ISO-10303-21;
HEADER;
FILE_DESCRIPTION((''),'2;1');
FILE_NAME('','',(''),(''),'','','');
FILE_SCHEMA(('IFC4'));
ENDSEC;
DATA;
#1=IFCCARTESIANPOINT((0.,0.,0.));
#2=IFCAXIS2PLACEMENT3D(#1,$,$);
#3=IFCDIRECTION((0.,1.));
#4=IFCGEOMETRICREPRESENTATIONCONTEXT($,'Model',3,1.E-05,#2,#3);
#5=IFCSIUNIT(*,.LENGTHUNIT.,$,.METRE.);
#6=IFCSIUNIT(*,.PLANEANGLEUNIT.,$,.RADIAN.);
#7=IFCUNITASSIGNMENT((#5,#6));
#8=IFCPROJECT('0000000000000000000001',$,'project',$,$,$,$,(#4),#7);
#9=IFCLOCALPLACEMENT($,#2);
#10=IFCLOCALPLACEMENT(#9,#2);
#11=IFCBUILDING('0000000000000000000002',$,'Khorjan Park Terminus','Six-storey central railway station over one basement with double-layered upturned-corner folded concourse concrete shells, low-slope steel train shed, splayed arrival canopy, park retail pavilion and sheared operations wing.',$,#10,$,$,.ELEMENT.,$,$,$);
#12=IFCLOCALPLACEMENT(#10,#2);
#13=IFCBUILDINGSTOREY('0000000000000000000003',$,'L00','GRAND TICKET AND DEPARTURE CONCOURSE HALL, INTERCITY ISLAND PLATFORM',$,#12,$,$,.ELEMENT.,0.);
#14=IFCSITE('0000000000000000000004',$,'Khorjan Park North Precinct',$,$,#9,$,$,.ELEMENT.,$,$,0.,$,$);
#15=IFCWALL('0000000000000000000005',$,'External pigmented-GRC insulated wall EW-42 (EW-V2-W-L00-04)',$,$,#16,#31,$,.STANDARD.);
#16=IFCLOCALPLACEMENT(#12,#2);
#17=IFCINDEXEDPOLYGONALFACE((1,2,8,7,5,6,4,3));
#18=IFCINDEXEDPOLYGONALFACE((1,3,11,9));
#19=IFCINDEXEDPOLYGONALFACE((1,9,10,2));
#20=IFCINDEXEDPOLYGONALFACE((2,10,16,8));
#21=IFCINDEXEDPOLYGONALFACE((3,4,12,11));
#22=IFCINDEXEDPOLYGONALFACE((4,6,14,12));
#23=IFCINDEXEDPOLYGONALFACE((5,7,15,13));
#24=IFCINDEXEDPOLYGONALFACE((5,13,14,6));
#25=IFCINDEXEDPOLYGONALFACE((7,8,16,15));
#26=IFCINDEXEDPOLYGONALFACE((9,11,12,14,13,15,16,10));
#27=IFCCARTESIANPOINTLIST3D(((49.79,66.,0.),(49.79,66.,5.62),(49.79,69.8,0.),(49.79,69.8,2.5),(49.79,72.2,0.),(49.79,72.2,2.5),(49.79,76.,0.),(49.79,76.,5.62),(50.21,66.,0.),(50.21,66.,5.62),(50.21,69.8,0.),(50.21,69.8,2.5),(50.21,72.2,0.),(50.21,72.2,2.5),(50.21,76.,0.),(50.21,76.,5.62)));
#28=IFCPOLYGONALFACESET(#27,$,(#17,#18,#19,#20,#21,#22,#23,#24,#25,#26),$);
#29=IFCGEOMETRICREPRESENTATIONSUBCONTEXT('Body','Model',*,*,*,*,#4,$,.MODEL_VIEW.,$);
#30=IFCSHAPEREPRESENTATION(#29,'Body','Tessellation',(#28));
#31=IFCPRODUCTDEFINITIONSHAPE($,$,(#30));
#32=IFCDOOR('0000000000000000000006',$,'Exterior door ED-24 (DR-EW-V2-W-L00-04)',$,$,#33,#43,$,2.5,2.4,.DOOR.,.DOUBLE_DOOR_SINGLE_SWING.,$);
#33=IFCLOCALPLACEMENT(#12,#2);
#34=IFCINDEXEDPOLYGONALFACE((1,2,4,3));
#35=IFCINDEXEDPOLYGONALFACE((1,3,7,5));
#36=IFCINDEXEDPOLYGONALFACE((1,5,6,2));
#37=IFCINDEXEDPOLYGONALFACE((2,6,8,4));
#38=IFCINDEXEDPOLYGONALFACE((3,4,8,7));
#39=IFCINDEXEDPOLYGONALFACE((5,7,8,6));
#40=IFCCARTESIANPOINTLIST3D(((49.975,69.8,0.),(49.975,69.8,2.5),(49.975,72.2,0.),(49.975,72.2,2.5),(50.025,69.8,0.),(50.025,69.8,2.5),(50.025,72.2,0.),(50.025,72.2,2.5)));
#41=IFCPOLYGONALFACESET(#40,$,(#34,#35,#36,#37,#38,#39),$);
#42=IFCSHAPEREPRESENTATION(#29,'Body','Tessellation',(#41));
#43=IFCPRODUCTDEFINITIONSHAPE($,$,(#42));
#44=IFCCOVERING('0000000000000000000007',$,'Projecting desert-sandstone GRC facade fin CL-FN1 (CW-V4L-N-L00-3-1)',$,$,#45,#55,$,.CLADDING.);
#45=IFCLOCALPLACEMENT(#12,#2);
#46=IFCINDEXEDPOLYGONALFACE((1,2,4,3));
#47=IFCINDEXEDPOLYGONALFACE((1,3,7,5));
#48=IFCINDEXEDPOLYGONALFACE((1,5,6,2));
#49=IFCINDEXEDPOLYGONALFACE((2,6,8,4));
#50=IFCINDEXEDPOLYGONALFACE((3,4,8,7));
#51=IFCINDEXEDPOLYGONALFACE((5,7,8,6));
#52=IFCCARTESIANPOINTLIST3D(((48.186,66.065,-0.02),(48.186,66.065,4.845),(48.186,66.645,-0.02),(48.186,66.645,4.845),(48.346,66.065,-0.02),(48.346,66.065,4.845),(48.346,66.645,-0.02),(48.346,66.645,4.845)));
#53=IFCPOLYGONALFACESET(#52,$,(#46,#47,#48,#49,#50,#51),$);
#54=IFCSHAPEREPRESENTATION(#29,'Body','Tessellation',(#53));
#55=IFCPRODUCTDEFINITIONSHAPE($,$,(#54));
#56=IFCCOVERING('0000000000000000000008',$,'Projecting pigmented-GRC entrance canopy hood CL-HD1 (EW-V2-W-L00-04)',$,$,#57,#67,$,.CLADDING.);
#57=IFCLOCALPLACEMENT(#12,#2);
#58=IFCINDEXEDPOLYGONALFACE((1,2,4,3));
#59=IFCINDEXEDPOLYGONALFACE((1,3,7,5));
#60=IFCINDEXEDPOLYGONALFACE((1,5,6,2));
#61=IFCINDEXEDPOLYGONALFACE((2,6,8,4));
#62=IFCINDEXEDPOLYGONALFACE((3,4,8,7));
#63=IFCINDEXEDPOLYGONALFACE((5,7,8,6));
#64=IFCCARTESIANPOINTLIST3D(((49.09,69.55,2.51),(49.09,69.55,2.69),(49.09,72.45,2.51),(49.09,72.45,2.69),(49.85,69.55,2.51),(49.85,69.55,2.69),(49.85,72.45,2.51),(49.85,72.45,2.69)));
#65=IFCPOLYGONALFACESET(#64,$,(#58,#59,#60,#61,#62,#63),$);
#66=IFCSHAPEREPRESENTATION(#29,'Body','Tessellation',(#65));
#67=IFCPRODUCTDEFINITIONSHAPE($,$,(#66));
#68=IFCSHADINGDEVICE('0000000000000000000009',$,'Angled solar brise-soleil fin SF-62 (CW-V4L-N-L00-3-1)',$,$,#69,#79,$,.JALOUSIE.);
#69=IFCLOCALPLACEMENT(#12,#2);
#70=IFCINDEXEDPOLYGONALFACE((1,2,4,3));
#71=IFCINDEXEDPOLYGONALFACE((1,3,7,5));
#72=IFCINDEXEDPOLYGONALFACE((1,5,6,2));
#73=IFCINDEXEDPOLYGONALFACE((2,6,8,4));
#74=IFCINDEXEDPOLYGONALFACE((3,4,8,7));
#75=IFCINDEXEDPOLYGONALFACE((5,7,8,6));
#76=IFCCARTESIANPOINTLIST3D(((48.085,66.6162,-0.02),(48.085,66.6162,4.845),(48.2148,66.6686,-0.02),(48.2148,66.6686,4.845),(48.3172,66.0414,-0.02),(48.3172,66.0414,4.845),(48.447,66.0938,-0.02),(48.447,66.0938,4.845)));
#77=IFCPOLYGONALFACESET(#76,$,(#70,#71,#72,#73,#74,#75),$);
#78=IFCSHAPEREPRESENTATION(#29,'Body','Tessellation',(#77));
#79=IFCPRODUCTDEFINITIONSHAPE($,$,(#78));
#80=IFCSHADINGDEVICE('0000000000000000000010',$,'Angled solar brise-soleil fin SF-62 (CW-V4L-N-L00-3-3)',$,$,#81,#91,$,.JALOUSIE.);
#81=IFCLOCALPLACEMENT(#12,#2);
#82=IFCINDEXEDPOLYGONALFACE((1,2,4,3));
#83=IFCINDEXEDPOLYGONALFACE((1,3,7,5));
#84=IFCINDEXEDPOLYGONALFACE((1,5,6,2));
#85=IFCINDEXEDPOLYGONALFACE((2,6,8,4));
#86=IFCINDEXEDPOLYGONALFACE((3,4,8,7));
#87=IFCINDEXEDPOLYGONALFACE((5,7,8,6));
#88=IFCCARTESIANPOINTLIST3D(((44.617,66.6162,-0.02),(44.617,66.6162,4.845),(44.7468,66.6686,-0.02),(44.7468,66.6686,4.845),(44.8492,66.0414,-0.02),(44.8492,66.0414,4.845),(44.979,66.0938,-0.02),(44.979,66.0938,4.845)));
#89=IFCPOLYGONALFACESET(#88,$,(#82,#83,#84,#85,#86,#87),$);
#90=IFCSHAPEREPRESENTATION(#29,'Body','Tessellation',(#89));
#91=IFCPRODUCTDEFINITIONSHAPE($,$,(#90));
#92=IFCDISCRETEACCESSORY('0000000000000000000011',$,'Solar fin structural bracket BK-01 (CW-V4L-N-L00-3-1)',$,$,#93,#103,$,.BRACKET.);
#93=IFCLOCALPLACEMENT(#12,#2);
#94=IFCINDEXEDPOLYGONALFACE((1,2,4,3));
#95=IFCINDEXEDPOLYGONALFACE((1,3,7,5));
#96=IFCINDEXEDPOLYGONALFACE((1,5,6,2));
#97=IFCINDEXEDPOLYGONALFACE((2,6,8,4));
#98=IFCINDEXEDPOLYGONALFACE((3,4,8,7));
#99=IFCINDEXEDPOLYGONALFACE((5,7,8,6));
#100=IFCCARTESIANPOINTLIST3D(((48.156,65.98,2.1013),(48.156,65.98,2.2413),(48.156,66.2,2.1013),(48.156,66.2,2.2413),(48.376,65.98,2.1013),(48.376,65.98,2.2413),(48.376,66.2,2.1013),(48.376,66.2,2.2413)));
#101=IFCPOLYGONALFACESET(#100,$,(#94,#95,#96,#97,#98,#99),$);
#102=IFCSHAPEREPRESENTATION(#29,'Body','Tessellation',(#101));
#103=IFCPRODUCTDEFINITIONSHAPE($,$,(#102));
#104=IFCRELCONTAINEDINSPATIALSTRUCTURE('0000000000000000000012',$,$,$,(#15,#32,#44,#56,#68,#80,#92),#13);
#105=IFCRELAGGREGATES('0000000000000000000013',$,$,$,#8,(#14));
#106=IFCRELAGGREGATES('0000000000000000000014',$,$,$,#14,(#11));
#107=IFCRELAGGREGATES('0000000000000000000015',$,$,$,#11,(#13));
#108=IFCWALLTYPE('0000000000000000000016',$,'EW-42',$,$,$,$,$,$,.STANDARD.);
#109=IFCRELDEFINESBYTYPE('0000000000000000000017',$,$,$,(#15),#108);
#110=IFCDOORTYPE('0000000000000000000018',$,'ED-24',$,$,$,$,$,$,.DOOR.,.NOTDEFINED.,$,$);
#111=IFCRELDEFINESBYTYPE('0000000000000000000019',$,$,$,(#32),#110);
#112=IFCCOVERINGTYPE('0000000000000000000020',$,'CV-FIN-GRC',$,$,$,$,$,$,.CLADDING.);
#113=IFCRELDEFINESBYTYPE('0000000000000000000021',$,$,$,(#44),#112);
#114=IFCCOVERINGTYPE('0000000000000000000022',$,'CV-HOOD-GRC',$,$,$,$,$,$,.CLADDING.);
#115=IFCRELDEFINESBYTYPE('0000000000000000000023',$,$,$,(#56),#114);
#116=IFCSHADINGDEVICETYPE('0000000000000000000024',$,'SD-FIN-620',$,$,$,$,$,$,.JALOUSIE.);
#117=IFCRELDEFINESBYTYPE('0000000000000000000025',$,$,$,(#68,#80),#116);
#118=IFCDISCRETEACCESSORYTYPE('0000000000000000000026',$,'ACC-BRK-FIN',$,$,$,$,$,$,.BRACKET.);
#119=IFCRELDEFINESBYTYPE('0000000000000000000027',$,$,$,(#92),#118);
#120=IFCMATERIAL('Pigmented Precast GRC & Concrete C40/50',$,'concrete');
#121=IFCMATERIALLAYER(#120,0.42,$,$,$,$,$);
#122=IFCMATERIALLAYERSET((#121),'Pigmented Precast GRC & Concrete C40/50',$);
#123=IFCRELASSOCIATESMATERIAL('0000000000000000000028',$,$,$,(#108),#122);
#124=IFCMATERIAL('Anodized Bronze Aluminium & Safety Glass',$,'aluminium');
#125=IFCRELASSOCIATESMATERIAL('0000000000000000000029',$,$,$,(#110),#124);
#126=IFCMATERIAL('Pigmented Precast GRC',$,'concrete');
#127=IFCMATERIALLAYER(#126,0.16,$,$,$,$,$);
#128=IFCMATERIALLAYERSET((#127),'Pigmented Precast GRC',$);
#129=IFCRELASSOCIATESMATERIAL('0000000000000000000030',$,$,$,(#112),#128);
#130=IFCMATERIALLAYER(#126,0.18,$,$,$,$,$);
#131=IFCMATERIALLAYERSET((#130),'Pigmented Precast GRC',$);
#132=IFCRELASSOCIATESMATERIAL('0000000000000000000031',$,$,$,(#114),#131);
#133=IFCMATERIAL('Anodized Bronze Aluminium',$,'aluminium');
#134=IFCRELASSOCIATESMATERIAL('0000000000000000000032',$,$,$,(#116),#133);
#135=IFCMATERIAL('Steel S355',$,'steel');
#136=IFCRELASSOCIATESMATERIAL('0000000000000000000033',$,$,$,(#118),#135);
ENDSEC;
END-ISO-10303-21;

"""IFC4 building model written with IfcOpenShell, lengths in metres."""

from ifc_helpers import new_model, si_unit, direction, frame, frame_2d, origin, origin_2d, place, context, subcontext, project, spatial, rectangle, extrude, material, layer, layer_set, type_object, element, fill, save


model = new_model("IFC4")

# Units and contexts
model_context = context("Model", 3, precision=1e-05, world=origin(), true_north=direction((0.0, 1.0)))
body_context = subcontext(model_context, "Body", "Model", "MODEL_VIEW")
ifc_project = project(units=[si_unit("LENGTHUNIT", "METRE"), si_unit("PLANEANGLEUNIT", "RADIAN")], contexts=[model_context])

# Site, building, storey
site_placement = place(None, origin())
site = spatial("IfcSite", under=ifc_project, at=site_placement, Name="Khorjan Park North Precinct", CompositionType="ELEMENT", RefElevation=0.0)
building_placement = place(site_placement, origin())
building = spatial("IfcBuilding", under=site, at=building_placement, Name="Khorjan Park Terminus", Description="Six-storey central railway station over one basement with double-layered upturned-corner folded concourse concrete shells, low-slope steel train shed, splayed arrival canopy, park retail pavilion and sheared operations wing.", CompositionType="ELEMENT")
storey_placement = place(building_placement, origin())
storey = spatial("IfcBuildingStorey", under=building, at=storey_placement, Name="L00", Description="GRAND TICKET AND DEPARTURE CONCOURSE HALL, INTERCITY ISLAND PLATFORM", CompositionType="ELEMENT", Elevation=0.0)

# Shared definitions
ifc_material_1 = material(Name="Steel S355", Category="steel")

# Shared definitions
ifc_material_2 = material(Name="Anodized Bronze Aluminium", Category="aluminium")

# Wall, opening, door
ifc_material_3 = material(Name="Pigmented Precast GRC & Concrete C40/50", Category="concrete")
ifc_layer_1 = layer(ifc_material_3, 0.42)
ifc_layer_set_1 = layer_set([ifc_layer_1], Name="Pigmented Precast GRC & Concrete C40/50")
wall_type = type_object("IfcWallType", Name="EW-42", PredefinedType="STANDARD", material=ifc_layer_set_1)
wall_placement = place(storey_placement, frame((50.0, 76.0, 0.0), z_axis=(0.0, 0.0, 1.0), x_axis=(0.0, -1.0, 0.0)))
wall = element("IfcWall", 1, at=wall_placement, inside=storey, type_object=wall_type, Name="External pigmented-GRC insulated wall EW-42 (EW-V2-W-L00-04)", PredefinedType="STANDARD", context=body_context, shape_type="SweptSolid", body=[
    extrude(rectangle(XDim=10.0, YDim=0.42, at=frame_2d((5.0, 0.0))), origin(), (0.0, 0.0, 1.0), 5.62),
])
opening_placement = place(wall_placement, frame((3.8, 0.0, 0.0)))
opening = element("IfcOpeningElement", 2, at=opening_placement, cuts=wall, PredefinedType="OPENING", context=body_context, shape_type="SweptSolid", body=[
    extrude(rectangle(XDim=2.4, YDim=2.5, at=frame_2d((1.2, 1.25))), frame((0.0, 0.22, 0.0), z_axis=(0.0, -1.0, 0.0), x_axis=(1.0, 0.0, 0.0)), (0.0, 0.0, 1.0), 0.44),
])
ifc_material_4 = material(Name="Anodized Bronze Aluminium & Safety Glass", Category="aluminium")
door_type = type_object("IfcDoorType", Name="ED-24", OperationType="NOTDEFINED", PredefinedType="DOOR", material=ifc_material_4)
door_placement = place(opening_placement, origin())
door = element("IfcDoor", 3, at=door_placement, inside=storey, type_object=door_type, Name="Exterior door ED-24 (DR-EW-V2-W-L00-04)", OperationType="DOUBLE_DOOR_SINGLE_SWING", OverallHeight=2.5, OverallWidth=2.4, PredefinedType="DOOR", context=body_context, shape_type="SweptSolid", body=[
    extrude(rectangle(XDim=2.4, YDim=2.5, at=frame_2d((1.2, 1.25))), frame((0.0, 0.025, 0.0), z_axis=(0.0, -1.0, 0.0), x_axis=(1.0, 0.0, 0.0)), (0.0, 0.0, 1.0), 0.05),
])
fill(opening, door)

# Coverings
ifc_material_5 = material(Name="Pigmented Precast GRC", Category="concrete")
ifc_layer_2 = layer(ifc_material_5, 0.16)
ifc_layer_set_2 = layer_set([ifc_layer_2], Name="Pigmented Precast GRC")
covering_type_1 = type_object("IfcCoveringType", Name="CV-FIN-GRC", PredefinedType="CLADDING", material=ifc_layer_set_2)
covering_1_placement = place(storey_placement, frame((48.266, 66.355, -0.02), z_axis=(0.0, 0.0, 1.0), x_axis=(0.0, -1.0, 0.0)))
element("IfcCovering", 4, at=covering_1_placement, inside=storey, type_object=covering_type_1, Name="Projecting desert-sandstone GRC facade fin CL-FN1 (CW-V4L-N-L00-3-1)", PredefinedType="CLADDING", context=body_context, shape_type="SweptSolid", body=[
    extrude(rectangle(XDim=0.58, YDim=0.16, at=origin_2d()), origin(), (0.0, 0.0, 1.0), 4.865),
])
ifc_layer_3 = layer(ifc_material_5, 0.18)
ifc_layer_set_3 = layer_set([ifc_layer_3], Name="Pigmented Precast GRC")
covering_type_2 = type_object("IfcCoveringType", Name="CV-HOOD-GRC", PredefinedType="CLADDING", material=ifc_layer_set_3)
covering_2_placement = place(storey_placement, frame((49.47, 71.0, 2.51), z_axis=(0.0, 0.0, 1.0), x_axis=(0.0, -1.0, 0.0)))
element("IfcCovering", 5, at=covering_2_placement, inside=storey, type_object=covering_type_2, Name="Projecting pigmented-GRC entrance canopy hood CL-HD1 (EW-V2-W-L00-04)", PredefinedType="CLADDING", context=body_context, shape_type="SweptSolid", body=[
    extrude(rectangle(XDim=2.9, YDim=0.76, at=origin_2d()), origin(), (0.0, 0.0, 1.0), 0.18),
])

# Shading devices
shading_device_type = type_object("IfcShadingDeviceType", Name="SD-FIN-620", PredefinedType="JALOUSIE", material=ifc_material_2)
for number, where, z_axis, x_axis, name in (
    (6, (48.266, 66.355, -0.02), (0.0, 0.0, 1.0), (0.374607, -0.927184, 0.0), "Angled solar brise-soleil fin SF-62 (CW-V4L-N-L00-3-1)"),
    (7, (44.798, 66.355, -0.02), (0.0, 0.0, 1.0), (0.374607, -0.927184, 0.0), "Angled solar brise-soleil fin SF-62 (CW-V4L-N-L00-3-3)"),
):
    element("IfcShadingDevice", number, at=place(storey_placement, frame(where, z_axis=z_axis, x_axis=x_axis)), inside=storey, type_object=shading_device_type, Name=name, PredefinedType="JALOUSIE", context=body_context, shape_type="SweptSolid", body=[
        extrude(rectangle(XDim=0.62, YDim=0.14, at=origin_2d()), origin(), (0.0, 0.0, 1.0), 4.865),
    ])

# Discrete accessory
discrete_accessory_type = type_object("IfcDiscreteAccessoryType", Name="ACC-BRK-FIN", PredefinedType="BRACKET", material=ifc_material_1)
discrete_accessory_placement = place(storey_placement, frame((48.266, 66.09, 2.1013), z_axis=(0.0, 0.0, 1.0), x_axis=(-1.0, 0.0, 0.0)))
element("IfcDiscreteAccessory", 8, at=discrete_accessory_placement, inside=storey, type_object=discrete_accessory_type, Name="Solar fin structural bracket BK-01 (CW-V4L-N-L00-3-1)", PredefinedType="BRACKET", context=body_context, shape_type="SweptSolid", body=[
    extrude(rectangle(XDim=0.22, YDim=0.22, at=origin_2d()), origin(), (0.0, 0.0, 1.0), 0.14),
])

save(model, "model.ifc")
